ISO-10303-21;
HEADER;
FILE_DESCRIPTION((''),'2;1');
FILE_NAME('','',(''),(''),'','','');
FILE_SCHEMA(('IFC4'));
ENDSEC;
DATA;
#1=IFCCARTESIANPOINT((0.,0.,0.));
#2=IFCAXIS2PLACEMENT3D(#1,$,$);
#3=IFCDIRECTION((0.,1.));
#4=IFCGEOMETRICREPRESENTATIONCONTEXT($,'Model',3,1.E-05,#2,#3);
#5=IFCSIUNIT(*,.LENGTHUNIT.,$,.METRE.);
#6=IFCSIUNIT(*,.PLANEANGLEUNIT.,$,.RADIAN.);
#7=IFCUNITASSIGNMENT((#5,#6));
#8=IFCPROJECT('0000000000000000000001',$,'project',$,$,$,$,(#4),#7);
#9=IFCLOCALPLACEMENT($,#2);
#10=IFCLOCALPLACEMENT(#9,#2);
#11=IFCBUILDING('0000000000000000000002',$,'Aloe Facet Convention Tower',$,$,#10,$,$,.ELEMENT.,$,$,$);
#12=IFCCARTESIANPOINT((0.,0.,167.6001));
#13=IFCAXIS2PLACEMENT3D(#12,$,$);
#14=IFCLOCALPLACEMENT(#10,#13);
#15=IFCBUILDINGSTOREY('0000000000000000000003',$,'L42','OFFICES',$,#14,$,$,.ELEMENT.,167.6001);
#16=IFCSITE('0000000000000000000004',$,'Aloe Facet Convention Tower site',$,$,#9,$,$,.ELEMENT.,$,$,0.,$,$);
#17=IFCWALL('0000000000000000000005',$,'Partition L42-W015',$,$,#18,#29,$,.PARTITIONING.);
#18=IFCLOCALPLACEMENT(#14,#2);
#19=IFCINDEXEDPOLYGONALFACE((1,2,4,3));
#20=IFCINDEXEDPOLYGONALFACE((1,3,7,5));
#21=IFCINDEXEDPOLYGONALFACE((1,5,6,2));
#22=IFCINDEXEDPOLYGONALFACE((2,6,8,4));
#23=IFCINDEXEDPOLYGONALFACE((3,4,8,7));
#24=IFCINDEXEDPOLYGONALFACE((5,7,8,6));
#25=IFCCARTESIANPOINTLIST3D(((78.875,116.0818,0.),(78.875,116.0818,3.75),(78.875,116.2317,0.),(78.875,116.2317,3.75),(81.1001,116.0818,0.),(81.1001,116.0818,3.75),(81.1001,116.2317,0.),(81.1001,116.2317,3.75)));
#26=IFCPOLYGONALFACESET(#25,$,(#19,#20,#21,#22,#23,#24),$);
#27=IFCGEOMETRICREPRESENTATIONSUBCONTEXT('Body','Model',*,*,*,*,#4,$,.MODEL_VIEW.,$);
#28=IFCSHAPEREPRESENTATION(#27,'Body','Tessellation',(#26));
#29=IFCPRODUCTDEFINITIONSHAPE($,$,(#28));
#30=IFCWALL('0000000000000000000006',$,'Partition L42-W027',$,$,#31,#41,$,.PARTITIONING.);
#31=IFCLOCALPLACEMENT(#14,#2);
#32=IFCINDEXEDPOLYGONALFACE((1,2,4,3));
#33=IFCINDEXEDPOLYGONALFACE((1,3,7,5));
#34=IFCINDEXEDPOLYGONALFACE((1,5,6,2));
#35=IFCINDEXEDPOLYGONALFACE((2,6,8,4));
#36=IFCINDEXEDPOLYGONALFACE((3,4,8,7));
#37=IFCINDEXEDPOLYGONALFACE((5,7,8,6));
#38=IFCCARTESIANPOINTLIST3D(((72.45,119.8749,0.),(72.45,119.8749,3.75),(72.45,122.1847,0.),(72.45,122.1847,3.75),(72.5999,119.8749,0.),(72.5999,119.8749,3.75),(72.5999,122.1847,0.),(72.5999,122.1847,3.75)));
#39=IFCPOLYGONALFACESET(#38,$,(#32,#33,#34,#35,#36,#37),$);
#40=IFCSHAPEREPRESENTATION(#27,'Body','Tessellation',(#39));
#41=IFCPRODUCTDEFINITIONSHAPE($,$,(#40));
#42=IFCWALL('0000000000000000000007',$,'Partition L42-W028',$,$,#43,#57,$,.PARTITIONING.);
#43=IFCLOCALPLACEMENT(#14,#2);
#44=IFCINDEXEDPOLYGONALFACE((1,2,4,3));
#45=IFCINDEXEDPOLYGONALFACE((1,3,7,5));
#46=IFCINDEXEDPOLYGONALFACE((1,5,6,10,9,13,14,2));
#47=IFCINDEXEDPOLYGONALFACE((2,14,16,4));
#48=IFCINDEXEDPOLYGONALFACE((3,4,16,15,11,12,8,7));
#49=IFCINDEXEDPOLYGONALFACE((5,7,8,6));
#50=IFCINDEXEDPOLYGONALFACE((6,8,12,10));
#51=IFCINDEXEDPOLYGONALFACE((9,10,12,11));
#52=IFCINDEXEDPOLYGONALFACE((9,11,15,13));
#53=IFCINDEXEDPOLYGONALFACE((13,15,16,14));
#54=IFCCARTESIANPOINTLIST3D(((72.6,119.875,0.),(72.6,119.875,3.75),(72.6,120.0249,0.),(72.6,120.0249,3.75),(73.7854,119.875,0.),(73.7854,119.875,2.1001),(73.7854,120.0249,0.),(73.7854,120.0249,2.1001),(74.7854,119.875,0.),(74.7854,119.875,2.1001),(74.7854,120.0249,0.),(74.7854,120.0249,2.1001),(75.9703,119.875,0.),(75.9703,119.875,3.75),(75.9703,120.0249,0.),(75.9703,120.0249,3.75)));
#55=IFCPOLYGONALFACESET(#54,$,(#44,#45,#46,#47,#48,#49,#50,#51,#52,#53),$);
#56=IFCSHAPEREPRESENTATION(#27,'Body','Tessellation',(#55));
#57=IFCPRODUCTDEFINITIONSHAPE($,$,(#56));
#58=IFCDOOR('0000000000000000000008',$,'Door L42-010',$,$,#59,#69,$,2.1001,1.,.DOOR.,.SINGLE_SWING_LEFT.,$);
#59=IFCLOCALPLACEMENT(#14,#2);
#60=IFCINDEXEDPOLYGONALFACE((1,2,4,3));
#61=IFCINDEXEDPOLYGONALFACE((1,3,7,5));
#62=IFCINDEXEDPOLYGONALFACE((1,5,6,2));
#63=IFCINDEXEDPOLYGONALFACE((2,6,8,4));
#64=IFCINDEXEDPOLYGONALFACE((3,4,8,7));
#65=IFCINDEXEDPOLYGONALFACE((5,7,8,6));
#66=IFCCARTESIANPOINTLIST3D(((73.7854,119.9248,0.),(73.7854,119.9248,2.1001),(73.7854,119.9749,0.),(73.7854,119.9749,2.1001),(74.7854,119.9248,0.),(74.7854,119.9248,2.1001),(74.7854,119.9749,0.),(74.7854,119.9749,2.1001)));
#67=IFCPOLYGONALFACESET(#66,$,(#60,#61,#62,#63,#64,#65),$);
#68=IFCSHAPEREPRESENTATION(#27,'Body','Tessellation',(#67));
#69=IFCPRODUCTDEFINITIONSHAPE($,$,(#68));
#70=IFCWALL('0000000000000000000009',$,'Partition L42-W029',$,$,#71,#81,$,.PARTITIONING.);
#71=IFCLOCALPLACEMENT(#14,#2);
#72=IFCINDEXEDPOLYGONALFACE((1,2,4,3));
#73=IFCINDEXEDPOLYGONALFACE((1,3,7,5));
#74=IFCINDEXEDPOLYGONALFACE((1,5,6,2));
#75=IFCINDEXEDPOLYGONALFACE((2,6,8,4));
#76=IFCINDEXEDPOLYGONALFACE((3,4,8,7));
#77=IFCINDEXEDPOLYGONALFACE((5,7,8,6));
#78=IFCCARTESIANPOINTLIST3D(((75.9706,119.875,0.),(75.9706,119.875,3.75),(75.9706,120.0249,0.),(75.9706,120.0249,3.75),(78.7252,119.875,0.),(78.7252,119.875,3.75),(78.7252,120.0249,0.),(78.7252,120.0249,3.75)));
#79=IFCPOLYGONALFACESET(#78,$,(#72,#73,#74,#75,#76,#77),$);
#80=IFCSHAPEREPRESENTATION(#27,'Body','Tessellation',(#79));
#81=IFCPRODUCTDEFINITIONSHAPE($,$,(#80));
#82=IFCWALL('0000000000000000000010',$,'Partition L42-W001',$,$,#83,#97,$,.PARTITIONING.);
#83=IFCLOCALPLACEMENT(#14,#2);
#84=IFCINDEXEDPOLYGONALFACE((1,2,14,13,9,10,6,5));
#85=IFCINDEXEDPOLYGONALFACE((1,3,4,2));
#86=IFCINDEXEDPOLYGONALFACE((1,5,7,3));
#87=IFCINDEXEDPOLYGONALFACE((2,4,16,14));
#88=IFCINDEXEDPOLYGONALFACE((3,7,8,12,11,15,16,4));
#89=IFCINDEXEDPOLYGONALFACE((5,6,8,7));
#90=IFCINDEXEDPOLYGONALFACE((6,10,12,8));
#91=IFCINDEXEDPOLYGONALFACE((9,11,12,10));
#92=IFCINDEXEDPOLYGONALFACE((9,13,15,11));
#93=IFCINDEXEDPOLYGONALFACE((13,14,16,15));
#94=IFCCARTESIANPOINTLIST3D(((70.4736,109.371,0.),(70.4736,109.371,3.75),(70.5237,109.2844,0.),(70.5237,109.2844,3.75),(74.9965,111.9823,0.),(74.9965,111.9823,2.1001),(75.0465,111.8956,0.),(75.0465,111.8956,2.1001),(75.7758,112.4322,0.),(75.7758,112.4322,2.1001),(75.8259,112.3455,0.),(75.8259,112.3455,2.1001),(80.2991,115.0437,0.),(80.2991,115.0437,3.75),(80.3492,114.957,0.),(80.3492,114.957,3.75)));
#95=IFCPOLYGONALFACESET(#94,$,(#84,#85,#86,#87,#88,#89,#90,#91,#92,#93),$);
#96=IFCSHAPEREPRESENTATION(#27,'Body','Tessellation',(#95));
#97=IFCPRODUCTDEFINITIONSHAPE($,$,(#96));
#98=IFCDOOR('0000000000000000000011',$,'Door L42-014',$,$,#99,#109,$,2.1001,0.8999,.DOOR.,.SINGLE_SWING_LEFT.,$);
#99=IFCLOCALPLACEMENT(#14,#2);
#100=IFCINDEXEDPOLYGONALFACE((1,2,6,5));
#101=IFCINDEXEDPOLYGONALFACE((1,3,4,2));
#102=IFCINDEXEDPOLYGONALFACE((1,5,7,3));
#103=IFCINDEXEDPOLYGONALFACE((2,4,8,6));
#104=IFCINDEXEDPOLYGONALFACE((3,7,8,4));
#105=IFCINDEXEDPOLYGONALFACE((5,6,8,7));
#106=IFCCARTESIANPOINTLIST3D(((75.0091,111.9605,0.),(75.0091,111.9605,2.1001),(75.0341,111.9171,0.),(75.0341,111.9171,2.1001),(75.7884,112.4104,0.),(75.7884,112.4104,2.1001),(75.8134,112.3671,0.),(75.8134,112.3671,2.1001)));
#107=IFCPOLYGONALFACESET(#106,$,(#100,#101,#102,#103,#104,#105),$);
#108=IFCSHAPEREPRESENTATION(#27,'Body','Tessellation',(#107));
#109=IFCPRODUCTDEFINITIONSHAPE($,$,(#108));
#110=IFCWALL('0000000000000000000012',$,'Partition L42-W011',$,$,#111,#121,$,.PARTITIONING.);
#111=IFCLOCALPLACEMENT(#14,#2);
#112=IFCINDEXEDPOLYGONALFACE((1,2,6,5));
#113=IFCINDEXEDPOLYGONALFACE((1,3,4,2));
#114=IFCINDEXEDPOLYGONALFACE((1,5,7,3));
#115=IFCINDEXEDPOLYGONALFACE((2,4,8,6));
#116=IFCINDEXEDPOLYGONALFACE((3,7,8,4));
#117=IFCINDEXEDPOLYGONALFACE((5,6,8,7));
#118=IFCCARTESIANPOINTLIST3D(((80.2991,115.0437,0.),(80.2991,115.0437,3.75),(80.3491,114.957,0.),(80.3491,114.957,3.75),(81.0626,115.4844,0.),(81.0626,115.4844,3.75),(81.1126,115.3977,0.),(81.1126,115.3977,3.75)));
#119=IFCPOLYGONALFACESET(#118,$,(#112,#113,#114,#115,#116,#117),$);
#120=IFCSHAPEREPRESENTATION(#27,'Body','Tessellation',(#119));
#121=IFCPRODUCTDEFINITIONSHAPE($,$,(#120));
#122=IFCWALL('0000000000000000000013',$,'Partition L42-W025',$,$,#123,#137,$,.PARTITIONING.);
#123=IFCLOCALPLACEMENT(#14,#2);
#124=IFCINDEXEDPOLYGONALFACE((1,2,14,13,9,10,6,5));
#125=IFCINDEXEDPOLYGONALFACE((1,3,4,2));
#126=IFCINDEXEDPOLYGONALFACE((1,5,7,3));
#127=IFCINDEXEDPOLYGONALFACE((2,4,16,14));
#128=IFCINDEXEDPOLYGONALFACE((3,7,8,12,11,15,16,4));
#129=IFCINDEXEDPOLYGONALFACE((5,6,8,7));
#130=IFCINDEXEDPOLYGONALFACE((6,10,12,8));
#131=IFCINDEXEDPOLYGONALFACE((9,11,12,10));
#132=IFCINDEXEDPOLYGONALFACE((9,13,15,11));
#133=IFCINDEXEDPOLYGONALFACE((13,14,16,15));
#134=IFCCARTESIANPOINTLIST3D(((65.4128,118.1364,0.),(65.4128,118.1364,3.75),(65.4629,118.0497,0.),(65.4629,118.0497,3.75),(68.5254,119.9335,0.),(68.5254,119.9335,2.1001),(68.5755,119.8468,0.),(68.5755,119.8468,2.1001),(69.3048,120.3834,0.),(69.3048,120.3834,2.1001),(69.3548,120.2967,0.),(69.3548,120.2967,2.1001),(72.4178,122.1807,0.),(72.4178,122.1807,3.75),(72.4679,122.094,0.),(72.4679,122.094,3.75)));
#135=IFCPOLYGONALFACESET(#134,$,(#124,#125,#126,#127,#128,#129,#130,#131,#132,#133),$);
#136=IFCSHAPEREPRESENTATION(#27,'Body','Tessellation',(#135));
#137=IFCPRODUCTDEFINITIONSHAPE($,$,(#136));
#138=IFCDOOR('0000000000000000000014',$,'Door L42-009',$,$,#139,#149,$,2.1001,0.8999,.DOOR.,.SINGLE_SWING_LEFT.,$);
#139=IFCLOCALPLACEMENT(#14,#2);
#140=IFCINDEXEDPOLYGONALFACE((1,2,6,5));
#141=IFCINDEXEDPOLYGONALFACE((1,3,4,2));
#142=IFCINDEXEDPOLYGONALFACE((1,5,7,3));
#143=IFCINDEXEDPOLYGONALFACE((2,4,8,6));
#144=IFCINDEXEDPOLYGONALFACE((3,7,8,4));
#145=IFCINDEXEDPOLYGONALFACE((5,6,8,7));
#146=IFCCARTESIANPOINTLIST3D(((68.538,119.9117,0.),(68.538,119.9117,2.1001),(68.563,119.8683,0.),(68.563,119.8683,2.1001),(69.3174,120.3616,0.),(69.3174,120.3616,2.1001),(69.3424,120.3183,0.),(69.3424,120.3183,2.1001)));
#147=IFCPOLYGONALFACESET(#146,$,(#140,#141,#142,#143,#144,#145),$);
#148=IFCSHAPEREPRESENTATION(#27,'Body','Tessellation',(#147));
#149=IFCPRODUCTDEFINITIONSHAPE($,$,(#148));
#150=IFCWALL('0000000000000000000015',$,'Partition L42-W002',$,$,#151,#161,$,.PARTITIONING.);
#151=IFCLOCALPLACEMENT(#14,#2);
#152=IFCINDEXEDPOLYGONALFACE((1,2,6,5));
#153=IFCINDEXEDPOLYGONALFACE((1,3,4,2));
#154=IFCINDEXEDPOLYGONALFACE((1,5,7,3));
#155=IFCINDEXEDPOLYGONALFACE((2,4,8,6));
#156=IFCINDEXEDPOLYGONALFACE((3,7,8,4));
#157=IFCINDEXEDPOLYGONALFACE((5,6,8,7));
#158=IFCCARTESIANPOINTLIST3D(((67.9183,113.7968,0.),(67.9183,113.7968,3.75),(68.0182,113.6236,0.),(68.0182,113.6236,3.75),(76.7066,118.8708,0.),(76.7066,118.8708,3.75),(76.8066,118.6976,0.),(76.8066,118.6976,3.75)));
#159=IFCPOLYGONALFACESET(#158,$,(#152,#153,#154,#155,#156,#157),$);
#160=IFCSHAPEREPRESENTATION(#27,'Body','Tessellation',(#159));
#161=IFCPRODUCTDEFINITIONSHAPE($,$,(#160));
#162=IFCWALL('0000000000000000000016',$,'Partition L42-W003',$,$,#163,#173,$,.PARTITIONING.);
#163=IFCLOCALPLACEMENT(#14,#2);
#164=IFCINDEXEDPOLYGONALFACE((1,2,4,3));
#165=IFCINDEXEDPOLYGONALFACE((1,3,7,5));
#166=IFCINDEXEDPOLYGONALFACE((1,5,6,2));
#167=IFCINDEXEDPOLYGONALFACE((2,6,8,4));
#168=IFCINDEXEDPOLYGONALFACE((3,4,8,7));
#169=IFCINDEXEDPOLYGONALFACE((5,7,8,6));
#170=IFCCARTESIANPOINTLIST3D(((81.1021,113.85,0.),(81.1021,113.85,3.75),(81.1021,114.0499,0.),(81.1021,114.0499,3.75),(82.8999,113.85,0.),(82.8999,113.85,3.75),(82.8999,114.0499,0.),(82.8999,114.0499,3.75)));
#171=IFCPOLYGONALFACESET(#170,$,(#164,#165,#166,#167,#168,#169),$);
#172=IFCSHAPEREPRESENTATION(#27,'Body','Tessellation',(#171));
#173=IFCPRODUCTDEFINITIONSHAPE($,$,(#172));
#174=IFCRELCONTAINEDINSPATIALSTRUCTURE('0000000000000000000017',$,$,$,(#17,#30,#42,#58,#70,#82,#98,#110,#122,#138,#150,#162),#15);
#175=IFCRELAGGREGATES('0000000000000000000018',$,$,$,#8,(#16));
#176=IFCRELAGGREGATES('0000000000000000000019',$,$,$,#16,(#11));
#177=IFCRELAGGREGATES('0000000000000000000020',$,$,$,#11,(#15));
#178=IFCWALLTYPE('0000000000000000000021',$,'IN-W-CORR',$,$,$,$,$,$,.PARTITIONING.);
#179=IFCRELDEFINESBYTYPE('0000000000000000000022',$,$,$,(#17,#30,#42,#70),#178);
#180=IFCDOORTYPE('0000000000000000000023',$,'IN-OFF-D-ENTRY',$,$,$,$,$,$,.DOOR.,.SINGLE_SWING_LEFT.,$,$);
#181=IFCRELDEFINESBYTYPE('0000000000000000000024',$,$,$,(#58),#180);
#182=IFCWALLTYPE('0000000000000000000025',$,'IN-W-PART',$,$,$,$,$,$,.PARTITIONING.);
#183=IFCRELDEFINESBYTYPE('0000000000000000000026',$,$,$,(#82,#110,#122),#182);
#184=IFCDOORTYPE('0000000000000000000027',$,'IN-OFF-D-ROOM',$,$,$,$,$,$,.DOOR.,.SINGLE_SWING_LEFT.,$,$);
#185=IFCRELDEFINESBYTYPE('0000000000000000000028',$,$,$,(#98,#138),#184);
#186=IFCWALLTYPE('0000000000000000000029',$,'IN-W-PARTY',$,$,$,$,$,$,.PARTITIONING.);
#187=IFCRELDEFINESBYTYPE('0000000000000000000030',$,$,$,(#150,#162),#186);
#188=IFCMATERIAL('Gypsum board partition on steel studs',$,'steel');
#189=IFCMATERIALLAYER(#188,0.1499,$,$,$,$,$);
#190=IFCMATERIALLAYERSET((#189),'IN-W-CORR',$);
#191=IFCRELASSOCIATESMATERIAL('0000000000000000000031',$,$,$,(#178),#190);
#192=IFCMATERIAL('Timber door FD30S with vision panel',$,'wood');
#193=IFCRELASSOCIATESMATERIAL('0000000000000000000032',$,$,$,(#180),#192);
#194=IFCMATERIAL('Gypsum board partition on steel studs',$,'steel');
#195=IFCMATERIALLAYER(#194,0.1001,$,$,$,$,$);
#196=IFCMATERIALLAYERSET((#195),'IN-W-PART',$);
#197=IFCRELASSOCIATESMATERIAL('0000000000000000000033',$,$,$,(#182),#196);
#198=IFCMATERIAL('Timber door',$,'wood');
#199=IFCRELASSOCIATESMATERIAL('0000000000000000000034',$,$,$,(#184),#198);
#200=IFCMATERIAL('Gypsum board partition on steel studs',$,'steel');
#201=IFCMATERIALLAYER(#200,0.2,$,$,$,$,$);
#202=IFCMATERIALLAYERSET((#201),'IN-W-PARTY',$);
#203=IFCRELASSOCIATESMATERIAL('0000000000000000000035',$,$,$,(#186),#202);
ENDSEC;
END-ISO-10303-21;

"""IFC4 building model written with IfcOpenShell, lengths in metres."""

from ifc_helpers import new_model, si_unit, direction, frame, frame_2d, origin, place, context, subcontext, project, spatial, rectangle, extrude, material, layer, layer_set, type_object, element, fill, save


model = new_model("IFC4")

# Units and contexts
model_context = context("Model", 3, precision=1e-05, world=origin(), true_north=direction((0.0, 1.0)))
body_context = subcontext(model_context, "Body", "Model", "MODEL_VIEW")
ifc_project = project(units=[si_unit("LENGTHUNIT", "METRE"), si_unit("PLANEANGLEUNIT", "RADIAN")], contexts=[model_context])

# Site, building, storey
site_placement = place(None, origin())
site = spatial("IfcSite", under=ifc_project, at=site_placement, Name="Aloe Facet Convention Tower site", CompositionType="ELEMENT", RefElevation=0.0)
building_placement = place(site_placement, origin())
building = spatial("IfcBuilding", under=site, at=building_placement, Name="Aloe Facet Convention Tower", CompositionType="ELEMENT")
storey_placement = place(building_placement, frame((0.0, 0.0, 167.6001)))
storey = spatial("IfcBuildingStorey", under=building, at=storey_placement, Name="L42", Description="OFFICES", CompositionType="ELEMENT", Elevation=167.6001)

# Shared definitions
ifc_material_1 = material(Name="Gypsum board partition on steel studs", Category="steel")
ifc_layer_1 = layer(ifc_material_1, 0.1499)
ifc_layer_set_1 = layer_set([ifc_layer_1], Name="IN-W-CORR")
wall_type_1 = type_object("IfcWallType", Name="IN-W-CORR", PredefinedType="PARTITIONING", material=ifc_layer_set_1)
ifc_material_2 = material(Name="Timber door FD30S with vision panel", Category="wood")
door_type_1 = type_object("IfcDoorType", Name="IN-OFF-D-ENTRY", OperationType="SINGLE_SWING_LEFT", PredefinedType="DOOR", material=ifc_material_2)

# Walls
wall_1_placement = place(storey_placement, frame((78.875, 116.1567, 0.0), z_axis=(0.0, 0.0, 1.0), x_axis=(1.0, 0.0, 0.0)))
element("IfcWall", 1, at=wall_1_placement, inside=storey, type_object=wall_type_1, Name="Partition L42-W015", PredefinedType="PARTITIONING", context=body_context, shape_type="SweptSolid", body=[
    extrude(rectangle(XDim=2.2251, YDim=0.1499, at=frame_2d((1.1125, 0.0))), origin(), (0.0, 0.0, 1.0), 3.75),
])
wall_2_placement = place(storey_placement, frame((72.5249, 119.875, 0.0), z_axis=(0.0, 0.0, 1.0), x_axis=(0.0, 1.0, 0.0)))
element("IfcWall", 2, at=wall_2_placement, inside=storey, type_object=wall_type_1, Name="Partition L42-W027", PredefinedType="PARTITIONING", context=body_context, shape_type="SweptSolid", body=[
    extrude(rectangle(XDim=2.3098, YDim=0.1499, at=frame_2d((1.1548, 0.0))), origin(), (0.0, 0.0, 1.0), 3.75),
])

# Wall, opening, door
wall_3_placement = place(storey_placement, frame((72.6001, 119.95, 0.0), z_axis=(0.0, 0.0, 1.0), x_axis=(1.0, 0.0, 0.0)))
wall_3 = element("IfcWall", 3, at=wall_3_placement, inside=storey, type_object=wall_type_1, Name="Partition L42-W028", PredefinedType="PARTITIONING", context=body_context, shape_type="SweptSolid", body=[
    extrude(rectangle(XDim=3.3704, YDim=0.1499, at=frame_2d((1.6851, 0.0))), origin(), (0.0, 0.0, 1.0), 3.75),
])
opening_1_placement = place(wall_3_placement, frame((1.1853, 0.0, 0.0)))
opening_1 = element("IfcOpeningElement", 4, at=opening_1_placement, cuts=wall_3, PredefinedType="OPENING", context=body_context, shape_type="SweptSolid", body=[
    extrude(rectangle(XDim=1.0, YDim=2.1001, at=frame_2d((0.5, 1.05))), frame((0.0, 0.085, 0.0), z_axis=(0.0, -1.0, 0.0), x_axis=(1.0, 0.0, 0.0)), (0.0, 0.0, 1.0), 0.1699),
])
door_1_placement = place(opening_1_placement, origin())
door_1 = element("IfcDoor", 5, at=door_1_placement, inside=storey, type_object=door_type_1, Name="Door L42-010", OperationType="SINGLE_SWING_LEFT", OverallHeight=2.1001, OverallWidth=1.0, PredefinedType="DOOR", context=body_context, shape_type="SweptSolid", body=[
    extrude(rectangle(XDim=1.0, YDim=2.1001, at=frame_2d((0.5, 1.05))), frame((0.0, 0.0249, 0.0), z_axis=(0.0, -1.0, 0.0), x_axis=(1.0, 0.0, 0.0)), (0.0, 0.0, 1.0), 0.05),
])
fill(opening_1, door_1)

# Wall
wall_4_placement = place(storey_placement, frame((75.9705, 119.95, 0.0), z_axis=(0.0, 0.0, 1.0), x_axis=(1.0, 0.0, 0.0)))
element("IfcWall", 6, at=wall_4_placement, inside=storey, type_object=wall_type_1, Name="Partition L42-W029", PredefinedType="PARTITIONING", context=body_context, shape_type="SweptSolid", body=[
    extrude(rectangle(XDim=2.7546, YDim=0.1499, at=frame_2d((1.3774, 0.0))), origin(), (0.0, 0.0, 1.0), 3.75),
])

# Wall, opening, door
ifc_material_3 = material(Name="Gypsum board partition on steel studs", Category="steel")
ifc_layer_2 = layer(ifc_material_3, 0.1001)
ifc_layer_set_2 = layer_set([ifc_layer_2], Name="IN-W-PART")
wall_type_2 = type_object("IfcWallType", Name="IN-W-PART", PredefinedType="PARTITIONING", material=ifc_layer_set_2)
wall_5_placement = place(storey_placement, frame((70.4985, 109.3276, 0.0), z_axis=(0.0, 0.0, 1.0), x_axis=(0.86603, 0.499993, 0.0)))
wall_5 = element("IfcWall", 7, at=wall_5_placement, inside=storey, type_object=wall_type_2, Name="Partition L42-W001", PredefinedType="PARTITIONING", context=body_context, shape_type="SweptSolid", body=[
    extrude(rectangle(XDim=11.3455, YDim=0.1001, at=frame_2d((5.6729, 0.0))), origin(), (0.0, 0.0, 1.0), 3.75),
])
opening_2_placement = place(wall_5_placement, frame((5.2227, 0.0, 0.0)))
opening_2 = element("IfcOpeningElement", 8, at=opening_2_placement, cuts=wall_5, PredefinedType="OPENING", context=body_context, shape_type="SweptSolid", body=[
    extrude(rectangle(XDim=0.8999, YDim=2.1001, at=frame_2d((0.45, 1.05))), frame((0.0, 0.0601, 0.0), z_axis=(0.0, -1.0, 0.0), x_axis=(1.0, 0.0, 0.0)), (0.0, 0.0, 1.0), 0.1201),
])
ifc_material_4 = material(Name="Timber door", Category="wood")
door_type_2 = type_object("IfcDoorType", Name="IN-OFF-D-ROOM", OperationType="SINGLE_SWING_LEFT", PredefinedType="DOOR", material=ifc_material_4)
door_2_placement = place(opening_2_placement, origin())
door_2 = element("IfcDoor", 9, at=door_2_placement, inside=storey, type_object=door_type_2, Name="Door L42-014", OperationType="SINGLE_SWING_LEFT", OverallHeight=2.1001, OverallWidth=0.8999, PredefinedType="DOOR", context=body_context, shape_type="SweptSolid", body=[
    extrude(rectangle(XDim=0.8999, YDim=2.1001, at=frame_2d((0.45, 1.05))), frame((0.0, 0.0249, 0.0), z_axis=(0.0, -1.0, 0.0), x_axis=(1.0, 0.0, 0.0)), (0.0, 0.0, 1.0), 0.05),
])
fill(opening_2, door_2)

# Wall
wall_6_placement = place(storey_placement, frame((80.324, 115.0002, 0.0), z_axis=(0.0, 0.0, 1.0), x_axis=(0.86607, 0.499922, 0.0)))
element("IfcWall", 10, at=wall_6_placement, inside=storey, type_object=wall_type_2, Name="Partition L42-W011", PredefinedType="PARTITIONING", context=body_context, shape_type="SweptSolid", body=[
    extrude(rectangle(XDim=0.8816, YDim=0.1001, at=frame_2d((0.4409, 0.0))), origin(), (0.0, 0.0, 1.0), 3.75),
])

# Wall, opening, door
wall_7_placement = place(storey_placement, frame((65.4377, 118.093, 0.0), z_axis=(0.0, 0.0, 1.0), x_axis=(0.86603, 0.499992, 0.0)))
wall_7 = element("IfcWall", 11, at=wall_7_placement, inside=storey, type_object=wall_type_2, Name="Partition L42-W025", PredefinedType="PARTITIONING", context=body_context, shape_type="SweptSolid", body=[
    extrude(rectangle(XDim=8.0886, YDim=0.1001, at=frame_2d((4.0444, 0.0))), origin(), (0.0, 0.0, 1.0), 3.75),
])
opening_3_placement = place(wall_7_placement, frame((3.5942, 0.0, 0.0)))
opening_3 = element("IfcOpeningElement", 12, at=opening_3_placement, cuts=wall_7, PredefinedType="OPENING", context=body_context, shape_type="SweptSolid", body=[
    extrude(rectangle(XDim=0.8999, YDim=2.1001, at=frame_2d((0.45, 1.05))), frame((0.0, 0.0601, 0.0), z_axis=(0.0, -1.0, 0.0), x_axis=(1.0, 0.0, 0.0)), (0.0, 0.0, 1.0), 0.1201),
])
door_3_placement = place(opening_3_placement, origin())
door_3 = element("IfcDoor", 13, at=door_3_placement, inside=storey, type_object=door_type_2, Name="Door L42-009", OperationType="SINGLE_SWING_LEFT", OverallHeight=2.1001, OverallWidth=0.8999, PredefinedType="DOOR", context=body_context, shape_type="SweptSolid", body=[
    extrude(rectangle(XDim=0.8999, YDim=2.1001, at=frame_2d((0.45, 1.05))), frame((0.0, 0.0249, 0.0), z_axis=(0.0, -1.0, 0.0), x_axis=(1.0, 0.0, 0.0)), (0.0, 0.0, 1.0), 0.05),
])
fill(opening_3, door_3)

# Walls
ifc_material_5 = material(Name="Gypsum board partition on steel studs", Category="steel")
ifc_layer_3 = layer(ifc_material_5, 0.2)
ifc_layer_set_3 = layer_set([ifc_layer_3], Name="IN-W-PARTY")
wall_type_3 = type_object("IfcWallType", Name="IN-W-PARTY", PredefinedType="PARTITIONING", material=ifc_layer_set_3)
wall_8_placement = place(storey_placement, frame((67.9683, 113.7102, 0.0), z_axis=(0.0, 0.0, 1.0), x_axis=(0.866024, 0.500002, 0.0)))
element("IfcWall", 14, at=wall_8_placement, inside=storey, type_object=wall_type_3, Name="Partition L42-W002", PredefinedType="PARTITIONING", context=body_context, shape_type="SweptSolid", body=[
    extrude(rectangle(XDim=10.1479, YDim=0.2, at=frame_2d((5.074, 0.0))), origin(), (0.0, 0.0, 1.0), 3.75),
])
wall_9_placement = place(storey_placement, frame((81.1021, 113.95, 0.0), z_axis=(0.0, 0.0, 1.0), x_axis=(1.0, 0.0, 0.0)))
element("IfcWall", 15, at=wall_9_placement, inside=storey, type_object=wall_type_3, Name="Partition L42-W003", PredefinedType="PARTITIONING", context=body_context, shape_type="SweptSolid", body=[
    extrude(rectangle(XDim=1.7979, YDim=0.2, at=frame_2d((0.8989, 0.0))), origin(), (0.0, 0.0, 1.0), 3.75),
])

save(model, "model.ifc")
